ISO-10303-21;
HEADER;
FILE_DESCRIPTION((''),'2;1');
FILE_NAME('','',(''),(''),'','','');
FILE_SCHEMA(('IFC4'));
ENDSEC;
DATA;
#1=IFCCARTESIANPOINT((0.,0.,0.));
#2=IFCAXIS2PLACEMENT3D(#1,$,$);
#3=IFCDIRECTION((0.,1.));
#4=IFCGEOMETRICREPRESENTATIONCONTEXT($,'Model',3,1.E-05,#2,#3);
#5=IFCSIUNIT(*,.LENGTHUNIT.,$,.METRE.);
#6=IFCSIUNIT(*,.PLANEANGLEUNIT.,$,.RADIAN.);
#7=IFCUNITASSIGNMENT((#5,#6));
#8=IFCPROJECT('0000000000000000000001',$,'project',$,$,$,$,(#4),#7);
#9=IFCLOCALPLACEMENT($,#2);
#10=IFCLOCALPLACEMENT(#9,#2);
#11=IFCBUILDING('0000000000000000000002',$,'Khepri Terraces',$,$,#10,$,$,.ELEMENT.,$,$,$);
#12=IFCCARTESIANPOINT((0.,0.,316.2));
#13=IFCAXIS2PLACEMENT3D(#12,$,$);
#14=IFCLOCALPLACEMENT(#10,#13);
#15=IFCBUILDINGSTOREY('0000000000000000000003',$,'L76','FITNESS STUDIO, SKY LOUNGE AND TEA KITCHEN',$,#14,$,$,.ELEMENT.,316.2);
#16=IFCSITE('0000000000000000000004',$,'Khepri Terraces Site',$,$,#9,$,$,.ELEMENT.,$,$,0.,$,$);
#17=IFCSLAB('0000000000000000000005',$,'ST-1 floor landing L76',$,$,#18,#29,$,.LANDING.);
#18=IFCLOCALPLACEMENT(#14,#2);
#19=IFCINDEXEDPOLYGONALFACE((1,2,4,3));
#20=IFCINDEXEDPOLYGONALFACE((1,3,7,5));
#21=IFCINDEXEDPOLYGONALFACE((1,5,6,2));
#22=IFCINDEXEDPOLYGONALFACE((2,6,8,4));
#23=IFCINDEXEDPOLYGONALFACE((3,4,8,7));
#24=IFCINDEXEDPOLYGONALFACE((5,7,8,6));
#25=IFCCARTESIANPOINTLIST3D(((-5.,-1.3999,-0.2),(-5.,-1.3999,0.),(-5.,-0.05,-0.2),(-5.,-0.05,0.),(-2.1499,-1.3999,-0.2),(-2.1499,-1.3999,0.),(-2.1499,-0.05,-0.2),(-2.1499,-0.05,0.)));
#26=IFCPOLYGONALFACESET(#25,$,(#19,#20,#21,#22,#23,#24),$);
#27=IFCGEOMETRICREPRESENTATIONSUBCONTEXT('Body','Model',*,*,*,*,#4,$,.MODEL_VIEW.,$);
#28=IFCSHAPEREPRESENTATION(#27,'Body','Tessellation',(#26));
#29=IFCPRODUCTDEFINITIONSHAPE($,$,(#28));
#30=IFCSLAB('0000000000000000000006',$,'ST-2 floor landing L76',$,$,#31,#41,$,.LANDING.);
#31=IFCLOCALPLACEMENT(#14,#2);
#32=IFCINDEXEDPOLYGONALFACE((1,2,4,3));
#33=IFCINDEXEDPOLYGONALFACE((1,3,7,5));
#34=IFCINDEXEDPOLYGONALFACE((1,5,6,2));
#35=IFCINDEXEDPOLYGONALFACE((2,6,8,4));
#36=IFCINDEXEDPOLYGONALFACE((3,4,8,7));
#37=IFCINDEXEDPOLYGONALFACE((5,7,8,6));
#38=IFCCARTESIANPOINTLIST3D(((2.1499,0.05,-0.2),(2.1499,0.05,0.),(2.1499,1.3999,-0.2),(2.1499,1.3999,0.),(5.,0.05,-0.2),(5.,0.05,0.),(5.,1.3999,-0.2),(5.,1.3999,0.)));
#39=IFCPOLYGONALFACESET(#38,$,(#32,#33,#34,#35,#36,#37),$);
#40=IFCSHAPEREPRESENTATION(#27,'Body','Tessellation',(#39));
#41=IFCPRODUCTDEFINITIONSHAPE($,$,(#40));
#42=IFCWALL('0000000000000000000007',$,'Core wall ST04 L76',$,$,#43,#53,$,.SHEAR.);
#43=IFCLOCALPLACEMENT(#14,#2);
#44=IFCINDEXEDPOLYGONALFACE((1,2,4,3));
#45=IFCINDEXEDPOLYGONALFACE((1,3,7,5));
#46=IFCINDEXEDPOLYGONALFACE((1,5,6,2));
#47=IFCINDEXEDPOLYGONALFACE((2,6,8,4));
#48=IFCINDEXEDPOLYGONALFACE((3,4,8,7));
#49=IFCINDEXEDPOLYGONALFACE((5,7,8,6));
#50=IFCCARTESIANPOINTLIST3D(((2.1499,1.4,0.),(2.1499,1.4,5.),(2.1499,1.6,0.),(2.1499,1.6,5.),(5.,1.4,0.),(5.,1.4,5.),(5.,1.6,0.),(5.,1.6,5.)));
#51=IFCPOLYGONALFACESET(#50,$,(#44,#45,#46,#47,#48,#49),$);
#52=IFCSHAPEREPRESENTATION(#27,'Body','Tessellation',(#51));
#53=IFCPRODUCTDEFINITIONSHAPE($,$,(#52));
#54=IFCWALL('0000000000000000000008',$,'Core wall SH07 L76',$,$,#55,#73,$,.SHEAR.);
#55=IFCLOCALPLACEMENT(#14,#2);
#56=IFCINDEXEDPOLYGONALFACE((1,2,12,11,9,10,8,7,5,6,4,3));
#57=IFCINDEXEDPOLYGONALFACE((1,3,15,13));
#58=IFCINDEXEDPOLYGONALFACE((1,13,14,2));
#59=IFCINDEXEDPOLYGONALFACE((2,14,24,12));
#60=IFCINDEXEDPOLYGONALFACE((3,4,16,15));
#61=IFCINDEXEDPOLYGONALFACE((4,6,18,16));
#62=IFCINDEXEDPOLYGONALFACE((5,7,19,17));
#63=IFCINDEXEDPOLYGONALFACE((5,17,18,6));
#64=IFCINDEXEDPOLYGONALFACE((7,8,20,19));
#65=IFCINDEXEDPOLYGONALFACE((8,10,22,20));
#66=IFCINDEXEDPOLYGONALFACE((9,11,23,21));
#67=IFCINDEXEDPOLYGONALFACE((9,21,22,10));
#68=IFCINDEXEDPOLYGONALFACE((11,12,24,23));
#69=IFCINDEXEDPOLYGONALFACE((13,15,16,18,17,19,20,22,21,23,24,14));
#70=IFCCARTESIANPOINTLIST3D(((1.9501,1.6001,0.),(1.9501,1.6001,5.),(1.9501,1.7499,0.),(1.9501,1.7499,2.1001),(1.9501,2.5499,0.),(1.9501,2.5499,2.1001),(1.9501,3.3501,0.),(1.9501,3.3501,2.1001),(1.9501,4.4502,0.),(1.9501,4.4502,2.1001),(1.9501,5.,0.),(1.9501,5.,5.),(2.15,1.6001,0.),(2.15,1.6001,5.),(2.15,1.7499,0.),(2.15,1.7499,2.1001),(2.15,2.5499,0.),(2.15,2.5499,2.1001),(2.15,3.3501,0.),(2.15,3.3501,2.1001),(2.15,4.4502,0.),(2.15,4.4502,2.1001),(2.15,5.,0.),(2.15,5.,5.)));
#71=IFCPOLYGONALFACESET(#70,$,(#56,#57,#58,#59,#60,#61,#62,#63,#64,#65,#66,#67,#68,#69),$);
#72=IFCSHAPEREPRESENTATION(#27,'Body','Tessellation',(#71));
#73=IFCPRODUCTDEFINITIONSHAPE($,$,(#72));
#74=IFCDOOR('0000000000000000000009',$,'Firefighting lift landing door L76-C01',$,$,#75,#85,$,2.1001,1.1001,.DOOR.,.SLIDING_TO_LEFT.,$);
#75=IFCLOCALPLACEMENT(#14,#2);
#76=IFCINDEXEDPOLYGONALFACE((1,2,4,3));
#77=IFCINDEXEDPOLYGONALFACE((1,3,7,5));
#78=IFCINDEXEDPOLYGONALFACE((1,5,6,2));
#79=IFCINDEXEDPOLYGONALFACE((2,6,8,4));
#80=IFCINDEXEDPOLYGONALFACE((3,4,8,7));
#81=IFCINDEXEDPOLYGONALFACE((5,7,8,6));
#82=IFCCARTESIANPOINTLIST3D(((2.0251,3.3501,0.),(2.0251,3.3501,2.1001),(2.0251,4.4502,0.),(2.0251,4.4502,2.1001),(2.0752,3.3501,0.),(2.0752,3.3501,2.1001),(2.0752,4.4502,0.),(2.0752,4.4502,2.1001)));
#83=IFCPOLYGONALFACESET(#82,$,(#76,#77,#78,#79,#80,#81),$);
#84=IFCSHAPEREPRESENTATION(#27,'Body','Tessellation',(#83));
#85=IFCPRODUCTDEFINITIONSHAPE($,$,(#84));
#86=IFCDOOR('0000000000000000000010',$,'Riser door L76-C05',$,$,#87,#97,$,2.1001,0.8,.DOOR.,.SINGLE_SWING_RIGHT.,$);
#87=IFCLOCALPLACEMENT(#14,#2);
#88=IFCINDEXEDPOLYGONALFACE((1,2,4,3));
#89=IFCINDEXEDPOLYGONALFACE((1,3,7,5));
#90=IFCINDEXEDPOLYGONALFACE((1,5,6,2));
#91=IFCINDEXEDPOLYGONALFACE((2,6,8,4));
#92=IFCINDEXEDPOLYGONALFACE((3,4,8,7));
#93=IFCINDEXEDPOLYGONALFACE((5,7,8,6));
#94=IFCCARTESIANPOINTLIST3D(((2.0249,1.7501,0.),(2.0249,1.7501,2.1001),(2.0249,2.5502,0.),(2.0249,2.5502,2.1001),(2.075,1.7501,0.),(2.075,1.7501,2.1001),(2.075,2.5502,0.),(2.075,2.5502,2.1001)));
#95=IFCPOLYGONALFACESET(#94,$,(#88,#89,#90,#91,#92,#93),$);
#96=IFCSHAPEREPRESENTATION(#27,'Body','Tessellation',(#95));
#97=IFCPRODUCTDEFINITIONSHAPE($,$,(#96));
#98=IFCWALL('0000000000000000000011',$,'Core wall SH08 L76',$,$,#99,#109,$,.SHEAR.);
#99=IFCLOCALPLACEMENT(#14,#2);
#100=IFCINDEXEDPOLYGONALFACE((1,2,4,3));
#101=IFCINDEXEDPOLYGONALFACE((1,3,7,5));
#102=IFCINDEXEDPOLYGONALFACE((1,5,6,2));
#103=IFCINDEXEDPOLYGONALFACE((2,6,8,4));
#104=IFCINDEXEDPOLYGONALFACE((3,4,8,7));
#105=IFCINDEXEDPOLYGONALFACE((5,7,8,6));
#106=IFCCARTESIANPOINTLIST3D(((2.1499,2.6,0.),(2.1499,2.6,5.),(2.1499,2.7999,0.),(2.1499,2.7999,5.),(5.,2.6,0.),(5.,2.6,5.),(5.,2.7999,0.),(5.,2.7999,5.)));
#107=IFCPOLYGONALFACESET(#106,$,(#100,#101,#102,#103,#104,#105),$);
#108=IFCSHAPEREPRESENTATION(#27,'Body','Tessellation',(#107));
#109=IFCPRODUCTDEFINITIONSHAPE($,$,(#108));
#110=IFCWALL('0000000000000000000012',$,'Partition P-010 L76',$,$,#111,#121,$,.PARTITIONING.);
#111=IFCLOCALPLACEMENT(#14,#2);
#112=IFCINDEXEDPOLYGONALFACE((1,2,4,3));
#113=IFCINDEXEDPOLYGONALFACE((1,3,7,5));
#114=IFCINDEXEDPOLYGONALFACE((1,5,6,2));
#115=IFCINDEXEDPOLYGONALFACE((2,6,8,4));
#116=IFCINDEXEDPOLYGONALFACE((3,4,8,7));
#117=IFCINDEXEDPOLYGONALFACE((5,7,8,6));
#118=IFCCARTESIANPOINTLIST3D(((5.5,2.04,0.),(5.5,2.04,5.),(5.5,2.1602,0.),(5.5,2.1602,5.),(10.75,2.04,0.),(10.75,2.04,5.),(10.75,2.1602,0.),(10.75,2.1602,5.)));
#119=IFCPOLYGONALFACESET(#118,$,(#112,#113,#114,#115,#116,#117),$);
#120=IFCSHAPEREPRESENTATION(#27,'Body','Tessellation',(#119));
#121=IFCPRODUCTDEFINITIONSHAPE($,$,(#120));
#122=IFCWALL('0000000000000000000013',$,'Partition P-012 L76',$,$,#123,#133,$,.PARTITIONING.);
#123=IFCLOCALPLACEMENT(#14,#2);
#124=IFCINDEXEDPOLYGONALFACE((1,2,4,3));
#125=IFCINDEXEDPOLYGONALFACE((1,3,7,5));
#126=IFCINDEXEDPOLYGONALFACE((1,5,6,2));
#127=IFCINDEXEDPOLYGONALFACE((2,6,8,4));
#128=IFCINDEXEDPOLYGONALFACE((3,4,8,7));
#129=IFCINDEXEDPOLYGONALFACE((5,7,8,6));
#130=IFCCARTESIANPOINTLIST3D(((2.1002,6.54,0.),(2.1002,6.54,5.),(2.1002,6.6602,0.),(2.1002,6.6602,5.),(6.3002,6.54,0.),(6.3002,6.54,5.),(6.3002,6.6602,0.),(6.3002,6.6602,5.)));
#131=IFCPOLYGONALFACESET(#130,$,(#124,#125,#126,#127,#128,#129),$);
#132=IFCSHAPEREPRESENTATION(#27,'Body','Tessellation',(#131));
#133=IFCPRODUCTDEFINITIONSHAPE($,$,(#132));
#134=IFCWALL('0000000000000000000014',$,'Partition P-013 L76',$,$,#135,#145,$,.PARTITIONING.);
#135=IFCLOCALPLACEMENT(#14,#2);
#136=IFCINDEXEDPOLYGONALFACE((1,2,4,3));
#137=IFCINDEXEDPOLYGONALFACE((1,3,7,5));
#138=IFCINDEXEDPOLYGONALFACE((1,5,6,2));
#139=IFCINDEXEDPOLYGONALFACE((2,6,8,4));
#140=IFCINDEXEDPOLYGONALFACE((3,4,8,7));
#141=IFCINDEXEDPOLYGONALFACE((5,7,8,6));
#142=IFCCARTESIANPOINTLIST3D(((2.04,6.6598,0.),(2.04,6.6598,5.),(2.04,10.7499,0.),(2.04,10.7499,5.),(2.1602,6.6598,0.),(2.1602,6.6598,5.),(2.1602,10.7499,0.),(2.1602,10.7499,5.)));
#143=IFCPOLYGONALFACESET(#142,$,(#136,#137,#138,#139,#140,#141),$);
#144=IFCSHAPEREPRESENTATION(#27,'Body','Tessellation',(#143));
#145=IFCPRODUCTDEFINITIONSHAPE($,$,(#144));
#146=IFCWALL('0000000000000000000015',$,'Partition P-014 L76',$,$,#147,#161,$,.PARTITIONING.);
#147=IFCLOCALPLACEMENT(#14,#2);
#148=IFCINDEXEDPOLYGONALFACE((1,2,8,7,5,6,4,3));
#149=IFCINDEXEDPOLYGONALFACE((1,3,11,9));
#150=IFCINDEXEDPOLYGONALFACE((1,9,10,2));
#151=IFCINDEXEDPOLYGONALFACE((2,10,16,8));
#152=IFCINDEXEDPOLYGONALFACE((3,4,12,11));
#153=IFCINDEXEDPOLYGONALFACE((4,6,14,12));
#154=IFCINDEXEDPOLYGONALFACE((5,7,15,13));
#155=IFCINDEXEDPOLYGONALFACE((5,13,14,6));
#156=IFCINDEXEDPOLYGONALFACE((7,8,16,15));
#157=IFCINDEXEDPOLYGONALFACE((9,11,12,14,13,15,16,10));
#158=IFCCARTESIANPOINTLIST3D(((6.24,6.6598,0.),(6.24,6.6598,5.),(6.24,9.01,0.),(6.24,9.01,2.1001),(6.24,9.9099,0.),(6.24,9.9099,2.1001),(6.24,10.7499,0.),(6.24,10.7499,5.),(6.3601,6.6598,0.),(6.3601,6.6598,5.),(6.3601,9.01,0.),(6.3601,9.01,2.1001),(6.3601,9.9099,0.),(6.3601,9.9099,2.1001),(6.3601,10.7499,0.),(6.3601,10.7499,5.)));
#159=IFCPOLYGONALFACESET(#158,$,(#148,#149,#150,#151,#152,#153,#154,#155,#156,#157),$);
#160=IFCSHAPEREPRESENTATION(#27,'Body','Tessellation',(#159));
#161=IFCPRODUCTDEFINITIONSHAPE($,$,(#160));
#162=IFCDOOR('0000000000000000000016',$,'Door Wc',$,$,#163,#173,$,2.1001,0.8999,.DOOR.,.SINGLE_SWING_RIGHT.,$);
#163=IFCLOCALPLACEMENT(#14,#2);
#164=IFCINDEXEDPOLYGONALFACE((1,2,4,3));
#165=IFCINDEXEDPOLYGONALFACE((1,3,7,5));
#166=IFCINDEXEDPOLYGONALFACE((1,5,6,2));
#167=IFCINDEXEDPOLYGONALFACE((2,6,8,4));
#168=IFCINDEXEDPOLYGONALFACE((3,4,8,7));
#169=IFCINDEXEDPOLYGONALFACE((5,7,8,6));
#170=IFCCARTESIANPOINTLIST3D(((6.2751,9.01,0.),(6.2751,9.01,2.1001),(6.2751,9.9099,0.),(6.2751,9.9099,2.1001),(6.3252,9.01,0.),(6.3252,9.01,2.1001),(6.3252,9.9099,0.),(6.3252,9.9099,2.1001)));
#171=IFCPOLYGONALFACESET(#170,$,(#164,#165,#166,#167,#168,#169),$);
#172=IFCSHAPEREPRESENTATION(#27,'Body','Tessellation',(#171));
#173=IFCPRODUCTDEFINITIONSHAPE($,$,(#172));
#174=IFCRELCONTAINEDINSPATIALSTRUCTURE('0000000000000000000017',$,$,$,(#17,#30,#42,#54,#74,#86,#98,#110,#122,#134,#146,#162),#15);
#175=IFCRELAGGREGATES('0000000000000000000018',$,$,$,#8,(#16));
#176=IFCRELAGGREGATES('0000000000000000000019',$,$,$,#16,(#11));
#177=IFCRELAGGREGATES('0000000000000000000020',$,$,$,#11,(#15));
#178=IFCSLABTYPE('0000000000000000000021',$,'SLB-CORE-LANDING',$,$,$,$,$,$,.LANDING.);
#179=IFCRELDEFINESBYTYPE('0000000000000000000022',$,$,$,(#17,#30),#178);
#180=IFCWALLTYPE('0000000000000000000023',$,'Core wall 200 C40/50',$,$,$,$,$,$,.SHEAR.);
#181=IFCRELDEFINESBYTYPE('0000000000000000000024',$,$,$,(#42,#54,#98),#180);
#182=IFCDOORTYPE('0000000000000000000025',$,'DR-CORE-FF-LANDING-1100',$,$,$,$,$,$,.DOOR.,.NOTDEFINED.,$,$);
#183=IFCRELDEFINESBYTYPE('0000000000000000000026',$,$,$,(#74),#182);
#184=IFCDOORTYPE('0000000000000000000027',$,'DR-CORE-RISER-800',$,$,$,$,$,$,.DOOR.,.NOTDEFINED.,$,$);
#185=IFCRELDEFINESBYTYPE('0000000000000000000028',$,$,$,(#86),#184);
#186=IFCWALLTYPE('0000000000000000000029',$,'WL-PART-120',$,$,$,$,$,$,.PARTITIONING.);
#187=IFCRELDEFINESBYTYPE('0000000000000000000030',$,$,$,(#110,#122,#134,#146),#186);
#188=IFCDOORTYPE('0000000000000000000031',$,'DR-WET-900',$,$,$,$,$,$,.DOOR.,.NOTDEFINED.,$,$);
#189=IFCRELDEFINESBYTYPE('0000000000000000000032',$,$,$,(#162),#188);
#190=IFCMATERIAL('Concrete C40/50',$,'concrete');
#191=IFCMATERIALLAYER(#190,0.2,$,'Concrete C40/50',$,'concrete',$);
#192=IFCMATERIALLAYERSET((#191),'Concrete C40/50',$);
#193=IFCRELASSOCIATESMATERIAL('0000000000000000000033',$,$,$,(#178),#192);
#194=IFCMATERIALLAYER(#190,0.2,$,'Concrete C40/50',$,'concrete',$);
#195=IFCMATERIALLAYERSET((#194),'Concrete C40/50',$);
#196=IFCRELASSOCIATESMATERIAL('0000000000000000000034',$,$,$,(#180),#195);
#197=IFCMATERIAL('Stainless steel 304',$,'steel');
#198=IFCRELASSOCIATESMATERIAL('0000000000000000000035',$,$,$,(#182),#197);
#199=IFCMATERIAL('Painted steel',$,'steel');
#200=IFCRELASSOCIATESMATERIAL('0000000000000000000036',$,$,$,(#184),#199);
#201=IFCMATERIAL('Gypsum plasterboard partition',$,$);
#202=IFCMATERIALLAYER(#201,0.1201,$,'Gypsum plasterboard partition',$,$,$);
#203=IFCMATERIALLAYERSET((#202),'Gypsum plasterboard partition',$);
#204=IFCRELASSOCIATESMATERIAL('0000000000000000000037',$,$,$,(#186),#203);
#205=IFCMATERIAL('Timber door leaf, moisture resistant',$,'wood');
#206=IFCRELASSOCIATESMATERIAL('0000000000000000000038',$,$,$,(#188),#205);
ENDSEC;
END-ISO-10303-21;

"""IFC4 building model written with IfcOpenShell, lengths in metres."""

from ifc_helpers import new_model, si_unit, direction, frame, frame_2d, origin, place, context, subcontext, project, spatial, polyline, rectangle, outline, extrude, material, layer, layer_set, type_object, element, fill, save


model = new_model("IFC4")

# Units and contexts
model_context = context("Model", 3, precision=1e-05, world=origin(), true_north=direction((0.0, 1.0)))
body_context = subcontext(model_context, "Body", "Model", "MODEL_VIEW")
ifc_project = project(units=[si_unit("LENGTHUNIT", "METRE"), si_unit("PLANEANGLEUNIT", "RADIAN")], contexts=[model_context])

# Site, building, storey
site_placement = place(None, origin())
site = spatial("IfcSite", under=ifc_project, at=site_placement, Name="Khepri Terraces Site", CompositionType="ELEMENT", RefElevation=0.0)
building_placement = place(site_placement, origin())
building = spatial("IfcBuilding", under=site, at=building_placement, Name="Khepri Terraces", CompositionType="ELEMENT")
storey_placement = place(building_placement, frame((0.0, 0.0, 316.2)))
storey = spatial("IfcBuildingStorey", under=building, at=storey_placement, Name="L76", Description="FITNESS STUDIO, SKY LOUNGE AND TEA KITCHEN", CompositionType="ELEMENT", Elevation=316.2)

# Shared definitions
ifc_material_1 = material(Name="Concrete C40/50", Category="concrete")

# Slabs
ifc_layer_1 = layer(ifc_material_1, 0.2, Name="Concrete C40/50", Category="concrete")
ifc_layer_set_1 = layer_set([ifc_layer_1], Name="Concrete C40/50")
slab_type = type_object("IfcSlabType", Name="SLB-CORE-LANDING", PredefinedType="LANDING", material=ifc_layer_set_1)
slab_1_placement = place(storey_placement, frame((0.0, 0.0, -0.2)))
element("IfcSlab", 1, at=slab_1_placement, inside=storey, type_object=slab_type, Name="ST-1 floor landing L76", PredefinedType="LANDING", context=body_context, shape_type="SweptSolid", body=[
    extrude(outline(polyline([(-2.1499, -1.3999), (-2.1499, -0.05), (-5.0, -0.05), (-5.0, -1.3999), (-2.1499, -1.3999)])), origin(), (0.0, 0.0, 1.0), 0.2),
])
slab_2_placement = place(storey_placement, frame((0.0, 0.0, -0.2)))
element("IfcSlab", 2, at=slab_2_placement, inside=storey, type_object=slab_type, Name="ST-2 floor landing L76", PredefinedType="LANDING", context=body_context, shape_type="SweptSolid", body=[
    extrude(outline(polyline([(2.1499, 1.3999), (2.1499, 0.05), (5.0, 0.05), (5.0, 1.3999), (2.1499, 1.3999)])), origin(), (0.0, 0.0, 1.0), 0.2),
])

# Wall
ifc_layer_2 = layer(ifc_material_1, 0.2, Name="Concrete C40/50", Category="concrete")
ifc_layer_set_2 = layer_set([ifc_layer_2], Name="Concrete C40/50")
wall_type_1 = type_object("IfcWallType", Name="Core wall 200 C40/50", PredefinedType="SHEAR", material=ifc_layer_set_2)
wall_1_placement = place(storey_placement, frame((2.1499, 1.5, 0.0), z_axis=(0.0, 0.0, 1.0), x_axis=(1.0, 0.0, 0.0)))
element("IfcWall", 3, at=wall_1_placement, inside=storey, type_object=wall_type_1, Name="Core wall ST04 L76", PredefinedType="SHEAR", context=body_context, shape_type="SweptSolid", body=[
    extrude(rectangle(XDim=2.8501, YDim=0.2, at=frame_2d((1.425, 0.0))), origin(), (0.0, 0.0, 1.0), 5.0),
])

# Wall, openings, doors
wall_2_placement = place(storey_placement, frame((2.05, 1.6001, 0.0), z_axis=(0.0, 0.0, 1.0), x_axis=(0.0, 1.0, 0.0)))
wall_2 = element("IfcWall", 4, at=wall_2_placement, inside=storey, type_object=wall_type_1, Name="Core wall SH07 L76", PredefinedType="SHEAR", context=body_context, shape_type="SweptSolid", body=[
    extrude(rectangle(XDim=3.3999, YDim=0.2, at=frame_2d((1.7, 0.0))), origin(), (0.0, 0.0, 1.0), 5.0),
])
opening_1_placement = place(wall_2_placement, frame((1.75, 0.0, 0.0)))
opening_1 = element("IfcOpeningElement", 5, at=opening_1_placement, cuts=wall_2, PredefinedType="OPENING", context=body_context, shape_type="SweptSolid", body=[
    extrude(rectangle(XDim=1.1001, YDim=2.1001, at=frame_2d((0.55, 1.05))), frame((0.0, 0.1099, 0.0), z_axis=(0.0, -1.0, 0.0), x_axis=(1.0, 0.0, 0.0)), (0.0, 0.0, 1.0), 0.22),
])
opening_2_placement = place(wall_2_placement, frame((0.1499, 0.0, 0.0)))
opening_2 = element("IfcOpeningElement", 6, at=opening_2_placement, cuts=wall_2, PredefinedType="OPENING", context=body_context, shape_type="SweptSolid", body=[
    extrude(rectangle(XDim=0.8, YDim=2.1001, at=frame_2d((0.3999, 1.05))), frame((0.0, 0.1099, 0.0), z_axis=(0.0, -1.0, 0.0), x_axis=(1.0, 0.0, 0.0)), (0.0, 0.0, 1.0), 0.22),
])
ifc_material_2 = material(Name="Stainless steel 304", Category="steel")
door_type_1 = type_object("IfcDoorType", Name="DR-CORE-FF-LANDING-1100", OperationType="NOTDEFINED", PredefinedType="DOOR", material=ifc_material_2)
door_1_placement = place(opening_1_placement, origin())
door_1 = element("IfcDoor", 7, at=door_1_placement, inside=storey, type_object=door_type_1, Name="Firefighting lift landing door L76-C01", OperationType="SLIDING_TO_LEFT", OverallHeight=2.1001, OverallWidth=1.1001, PredefinedType="DOOR", context=body_context, shape_type="SweptSolid", body=[
    extrude(rectangle(XDim=1.1001, YDim=2.1001, at=frame_2d((0.55, 1.05))), frame((0.0, 0.0249, 0.0), z_axis=(0.0, -1.0, 0.0), x_axis=(1.0, 0.0, 0.0)), (0.0, 0.0, 1.0), 0.05),
])
fill(opening_1, door_1)
ifc_material_3 = material(Name="Painted steel", Category="steel")
door_type_2 = type_object("IfcDoorType", Name="DR-CORE-RISER-800", OperationType="NOTDEFINED", PredefinedType="DOOR", material=ifc_material_3)
door_2_placement = place(opening_2_placement, frame((0.8, 0.0, 0.0), z_axis=(0.0, 0.0, 1.0), x_axis=(-1.0, 0.0, 0.0)))
door_2 = element("IfcDoor", 8, at=door_2_placement, inside=storey, type_object=door_type_2, Name="Riser door L76-C05", OperationType="SINGLE_SWING_RIGHT", OverallHeight=2.1001, OverallWidth=0.8, PredefinedType="DOOR", context=body_context, shape_type="SweptSolid", body=[
    extrude(rectangle(XDim=0.8, YDim=2.1001, at=frame_2d((0.3999, 1.05))), frame((0.0, 0.0249, 0.0), z_axis=(0.0, -1.0, 0.0), x_axis=(1.0, 0.0, 0.0)), (0.0, 0.0, 1.0), 0.05),
])
fill(opening_2, door_2)

# Walls
wall_3_placement = place(storey_placement, frame((2.1499, 2.7, 0.0), z_axis=(0.0, 0.0, 1.0), x_axis=(1.0, 0.0, 0.0)))
element("IfcWall", 9, at=wall_3_placement, inside=storey, type_object=wall_type_1, Name="Core wall SH08 L76", PredefinedType="SHEAR", context=body_context, shape_type="SweptSolid", body=[
    extrude(rectangle(XDim=2.8501, YDim=0.2, at=frame_2d((1.425, 0.0))), origin(), (0.0, 0.0, 1.0), 5.0),
])
ifc_material_4 = material(Name="Gypsum plasterboard partition")
ifc_layer_3 = layer(ifc_material_4, 0.1201, Name="Gypsum plasterboard partition")
ifc_layer_set_3 = layer_set([ifc_layer_3], Name="Gypsum plasterboard partition")
wall_type_2 = type_object("IfcWallType", Name="WL-PART-120", PredefinedType="PARTITIONING", material=ifc_layer_set_3)
wall_4_placement = place(storey_placement, frame((5.5, 2.1001, 0.0), z_axis=(0.0, 0.0, 1.0), x_axis=(1.0, 0.0, 0.0)))
element("IfcWall", 10, at=wall_4_placement, inside=storey, type_object=wall_type_2, Name="Partition P-010 L76", PredefinedType="PARTITIONING", context=body_context, shape_type="SweptSolid", body=[
    extrude(rectangle(XDim=5.25, YDim=0.1201, at=frame_2d((2.625, 0.0))), origin(), (0.0, 0.0, 1.0), 5.0),
])
wall_5_placement = place(storey_placement, frame((2.1001, 6.6001, 0.0), z_axis=(0.0, 0.0, 1.0), x_axis=(1.0, 0.0, 0.0)))
element("IfcWall", 11, at=wall_5_placement, inside=storey, type_object=wall_type_2, Name="Partition P-012 L76", PredefinedType="PARTITIONING", context=body_context, shape_type="SweptSolid", body=[
    extrude(rectangle(XDim=4.2, YDim=0.1201, at=frame_2d((2.1001, 0.0))), origin(), (0.0, 0.0, 1.0), 5.0),
])
wall_6_placement = place(storey_placement, frame((2.1001, 6.6599, 0.0), z_axis=(0.0, 0.0, 1.0), x_axis=(0.0, 1.0, 0.0)))
element("IfcWall", 12, at=wall_6_placement, inside=storey, type_object=wall_type_2, Name="Partition P-013 L76", PredefinedType="PARTITIONING", context=body_context, shape_type="SweptSolid", body=[
    extrude(rectangle(XDim=4.0901, YDim=0.1201, at=frame_2d((2.0449, 0.0))), origin(), (0.0, 0.0, 1.0), 5.0),
])

# Wall, opening, door
wall_7_placement = place(storey_placement, frame((6.3, 6.6599, 0.0), z_axis=(0.0, 0.0, 1.0), x_axis=(0.0, 1.0, 0.0)))
wall_7 = element("IfcWall", 13, at=wall_7_placement, inside=storey, type_object=wall_type_2, Name="Partition P-014 L76", PredefinedType="PARTITIONING", context=body_context, shape_type="SweptSolid", body=[
    extrude(rectangle(XDim=4.0901, YDim=0.1201, at=frame_2d((2.0449, 0.0))), origin(), (0.0, 0.0, 1.0), 5.0),
])
opening_3_placement = place(wall_7_placement, frame((2.3501, 0.0, 0.0)))
opening_3 = element("IfcOpeningElement", 14, at=opening_3_placement, cuts=wall_7, PredefinedType="OPENING", context=body_context, shape_type="SweptSolid", body=[
    extrude(rectangle(XDim=0.8999, YDim=2.1001, at=frame_2d((0.45, 1.05))), frame((0.0, 0.0701, 0.0), z_axis=(0.0, -1.0, 0.0), x_axis=(1.0, 0.0, 0.0)), (0.0, 0.0, 1.0), 0.1401),
])
ifc_material_5 = material(Name="Timber door leaf, moisture resistant", Category="wood")
door_type_3 = type_object("IfcDoorType", Name="DR-WET-900", OperationType="NOTDEFINED", PredefinedType="DOOR", material=ifc_material_5)
door_3_placement = place(opening_3_placement, origin())
door_3 = element("IfcDoor", 15, at=door_3_placement, inside=storey, type_object=door_type_3, Name="Door Wc", OperationType="SINGLE_SWING_RIGHT", OverallHeight=2.1001, OverallWidth=0.8999, PredefinedType="DOOR", context=body_context, shape_type="SweptSolid", body=[
    extrude(rectangle(XDim=0.8999, YDim=2.1001, at=frame_2d((0.45, 1.05))), frame((0.0, 0.0249, 0.0), z_axis=(0.0, -1.0, 0.0), x_axis=(1.0, 0.0, 0.0)), (0.0, 0.0, 1.0), 0.05),
])
fill(opening_3, door_3)

save(model, "model.ifc")
